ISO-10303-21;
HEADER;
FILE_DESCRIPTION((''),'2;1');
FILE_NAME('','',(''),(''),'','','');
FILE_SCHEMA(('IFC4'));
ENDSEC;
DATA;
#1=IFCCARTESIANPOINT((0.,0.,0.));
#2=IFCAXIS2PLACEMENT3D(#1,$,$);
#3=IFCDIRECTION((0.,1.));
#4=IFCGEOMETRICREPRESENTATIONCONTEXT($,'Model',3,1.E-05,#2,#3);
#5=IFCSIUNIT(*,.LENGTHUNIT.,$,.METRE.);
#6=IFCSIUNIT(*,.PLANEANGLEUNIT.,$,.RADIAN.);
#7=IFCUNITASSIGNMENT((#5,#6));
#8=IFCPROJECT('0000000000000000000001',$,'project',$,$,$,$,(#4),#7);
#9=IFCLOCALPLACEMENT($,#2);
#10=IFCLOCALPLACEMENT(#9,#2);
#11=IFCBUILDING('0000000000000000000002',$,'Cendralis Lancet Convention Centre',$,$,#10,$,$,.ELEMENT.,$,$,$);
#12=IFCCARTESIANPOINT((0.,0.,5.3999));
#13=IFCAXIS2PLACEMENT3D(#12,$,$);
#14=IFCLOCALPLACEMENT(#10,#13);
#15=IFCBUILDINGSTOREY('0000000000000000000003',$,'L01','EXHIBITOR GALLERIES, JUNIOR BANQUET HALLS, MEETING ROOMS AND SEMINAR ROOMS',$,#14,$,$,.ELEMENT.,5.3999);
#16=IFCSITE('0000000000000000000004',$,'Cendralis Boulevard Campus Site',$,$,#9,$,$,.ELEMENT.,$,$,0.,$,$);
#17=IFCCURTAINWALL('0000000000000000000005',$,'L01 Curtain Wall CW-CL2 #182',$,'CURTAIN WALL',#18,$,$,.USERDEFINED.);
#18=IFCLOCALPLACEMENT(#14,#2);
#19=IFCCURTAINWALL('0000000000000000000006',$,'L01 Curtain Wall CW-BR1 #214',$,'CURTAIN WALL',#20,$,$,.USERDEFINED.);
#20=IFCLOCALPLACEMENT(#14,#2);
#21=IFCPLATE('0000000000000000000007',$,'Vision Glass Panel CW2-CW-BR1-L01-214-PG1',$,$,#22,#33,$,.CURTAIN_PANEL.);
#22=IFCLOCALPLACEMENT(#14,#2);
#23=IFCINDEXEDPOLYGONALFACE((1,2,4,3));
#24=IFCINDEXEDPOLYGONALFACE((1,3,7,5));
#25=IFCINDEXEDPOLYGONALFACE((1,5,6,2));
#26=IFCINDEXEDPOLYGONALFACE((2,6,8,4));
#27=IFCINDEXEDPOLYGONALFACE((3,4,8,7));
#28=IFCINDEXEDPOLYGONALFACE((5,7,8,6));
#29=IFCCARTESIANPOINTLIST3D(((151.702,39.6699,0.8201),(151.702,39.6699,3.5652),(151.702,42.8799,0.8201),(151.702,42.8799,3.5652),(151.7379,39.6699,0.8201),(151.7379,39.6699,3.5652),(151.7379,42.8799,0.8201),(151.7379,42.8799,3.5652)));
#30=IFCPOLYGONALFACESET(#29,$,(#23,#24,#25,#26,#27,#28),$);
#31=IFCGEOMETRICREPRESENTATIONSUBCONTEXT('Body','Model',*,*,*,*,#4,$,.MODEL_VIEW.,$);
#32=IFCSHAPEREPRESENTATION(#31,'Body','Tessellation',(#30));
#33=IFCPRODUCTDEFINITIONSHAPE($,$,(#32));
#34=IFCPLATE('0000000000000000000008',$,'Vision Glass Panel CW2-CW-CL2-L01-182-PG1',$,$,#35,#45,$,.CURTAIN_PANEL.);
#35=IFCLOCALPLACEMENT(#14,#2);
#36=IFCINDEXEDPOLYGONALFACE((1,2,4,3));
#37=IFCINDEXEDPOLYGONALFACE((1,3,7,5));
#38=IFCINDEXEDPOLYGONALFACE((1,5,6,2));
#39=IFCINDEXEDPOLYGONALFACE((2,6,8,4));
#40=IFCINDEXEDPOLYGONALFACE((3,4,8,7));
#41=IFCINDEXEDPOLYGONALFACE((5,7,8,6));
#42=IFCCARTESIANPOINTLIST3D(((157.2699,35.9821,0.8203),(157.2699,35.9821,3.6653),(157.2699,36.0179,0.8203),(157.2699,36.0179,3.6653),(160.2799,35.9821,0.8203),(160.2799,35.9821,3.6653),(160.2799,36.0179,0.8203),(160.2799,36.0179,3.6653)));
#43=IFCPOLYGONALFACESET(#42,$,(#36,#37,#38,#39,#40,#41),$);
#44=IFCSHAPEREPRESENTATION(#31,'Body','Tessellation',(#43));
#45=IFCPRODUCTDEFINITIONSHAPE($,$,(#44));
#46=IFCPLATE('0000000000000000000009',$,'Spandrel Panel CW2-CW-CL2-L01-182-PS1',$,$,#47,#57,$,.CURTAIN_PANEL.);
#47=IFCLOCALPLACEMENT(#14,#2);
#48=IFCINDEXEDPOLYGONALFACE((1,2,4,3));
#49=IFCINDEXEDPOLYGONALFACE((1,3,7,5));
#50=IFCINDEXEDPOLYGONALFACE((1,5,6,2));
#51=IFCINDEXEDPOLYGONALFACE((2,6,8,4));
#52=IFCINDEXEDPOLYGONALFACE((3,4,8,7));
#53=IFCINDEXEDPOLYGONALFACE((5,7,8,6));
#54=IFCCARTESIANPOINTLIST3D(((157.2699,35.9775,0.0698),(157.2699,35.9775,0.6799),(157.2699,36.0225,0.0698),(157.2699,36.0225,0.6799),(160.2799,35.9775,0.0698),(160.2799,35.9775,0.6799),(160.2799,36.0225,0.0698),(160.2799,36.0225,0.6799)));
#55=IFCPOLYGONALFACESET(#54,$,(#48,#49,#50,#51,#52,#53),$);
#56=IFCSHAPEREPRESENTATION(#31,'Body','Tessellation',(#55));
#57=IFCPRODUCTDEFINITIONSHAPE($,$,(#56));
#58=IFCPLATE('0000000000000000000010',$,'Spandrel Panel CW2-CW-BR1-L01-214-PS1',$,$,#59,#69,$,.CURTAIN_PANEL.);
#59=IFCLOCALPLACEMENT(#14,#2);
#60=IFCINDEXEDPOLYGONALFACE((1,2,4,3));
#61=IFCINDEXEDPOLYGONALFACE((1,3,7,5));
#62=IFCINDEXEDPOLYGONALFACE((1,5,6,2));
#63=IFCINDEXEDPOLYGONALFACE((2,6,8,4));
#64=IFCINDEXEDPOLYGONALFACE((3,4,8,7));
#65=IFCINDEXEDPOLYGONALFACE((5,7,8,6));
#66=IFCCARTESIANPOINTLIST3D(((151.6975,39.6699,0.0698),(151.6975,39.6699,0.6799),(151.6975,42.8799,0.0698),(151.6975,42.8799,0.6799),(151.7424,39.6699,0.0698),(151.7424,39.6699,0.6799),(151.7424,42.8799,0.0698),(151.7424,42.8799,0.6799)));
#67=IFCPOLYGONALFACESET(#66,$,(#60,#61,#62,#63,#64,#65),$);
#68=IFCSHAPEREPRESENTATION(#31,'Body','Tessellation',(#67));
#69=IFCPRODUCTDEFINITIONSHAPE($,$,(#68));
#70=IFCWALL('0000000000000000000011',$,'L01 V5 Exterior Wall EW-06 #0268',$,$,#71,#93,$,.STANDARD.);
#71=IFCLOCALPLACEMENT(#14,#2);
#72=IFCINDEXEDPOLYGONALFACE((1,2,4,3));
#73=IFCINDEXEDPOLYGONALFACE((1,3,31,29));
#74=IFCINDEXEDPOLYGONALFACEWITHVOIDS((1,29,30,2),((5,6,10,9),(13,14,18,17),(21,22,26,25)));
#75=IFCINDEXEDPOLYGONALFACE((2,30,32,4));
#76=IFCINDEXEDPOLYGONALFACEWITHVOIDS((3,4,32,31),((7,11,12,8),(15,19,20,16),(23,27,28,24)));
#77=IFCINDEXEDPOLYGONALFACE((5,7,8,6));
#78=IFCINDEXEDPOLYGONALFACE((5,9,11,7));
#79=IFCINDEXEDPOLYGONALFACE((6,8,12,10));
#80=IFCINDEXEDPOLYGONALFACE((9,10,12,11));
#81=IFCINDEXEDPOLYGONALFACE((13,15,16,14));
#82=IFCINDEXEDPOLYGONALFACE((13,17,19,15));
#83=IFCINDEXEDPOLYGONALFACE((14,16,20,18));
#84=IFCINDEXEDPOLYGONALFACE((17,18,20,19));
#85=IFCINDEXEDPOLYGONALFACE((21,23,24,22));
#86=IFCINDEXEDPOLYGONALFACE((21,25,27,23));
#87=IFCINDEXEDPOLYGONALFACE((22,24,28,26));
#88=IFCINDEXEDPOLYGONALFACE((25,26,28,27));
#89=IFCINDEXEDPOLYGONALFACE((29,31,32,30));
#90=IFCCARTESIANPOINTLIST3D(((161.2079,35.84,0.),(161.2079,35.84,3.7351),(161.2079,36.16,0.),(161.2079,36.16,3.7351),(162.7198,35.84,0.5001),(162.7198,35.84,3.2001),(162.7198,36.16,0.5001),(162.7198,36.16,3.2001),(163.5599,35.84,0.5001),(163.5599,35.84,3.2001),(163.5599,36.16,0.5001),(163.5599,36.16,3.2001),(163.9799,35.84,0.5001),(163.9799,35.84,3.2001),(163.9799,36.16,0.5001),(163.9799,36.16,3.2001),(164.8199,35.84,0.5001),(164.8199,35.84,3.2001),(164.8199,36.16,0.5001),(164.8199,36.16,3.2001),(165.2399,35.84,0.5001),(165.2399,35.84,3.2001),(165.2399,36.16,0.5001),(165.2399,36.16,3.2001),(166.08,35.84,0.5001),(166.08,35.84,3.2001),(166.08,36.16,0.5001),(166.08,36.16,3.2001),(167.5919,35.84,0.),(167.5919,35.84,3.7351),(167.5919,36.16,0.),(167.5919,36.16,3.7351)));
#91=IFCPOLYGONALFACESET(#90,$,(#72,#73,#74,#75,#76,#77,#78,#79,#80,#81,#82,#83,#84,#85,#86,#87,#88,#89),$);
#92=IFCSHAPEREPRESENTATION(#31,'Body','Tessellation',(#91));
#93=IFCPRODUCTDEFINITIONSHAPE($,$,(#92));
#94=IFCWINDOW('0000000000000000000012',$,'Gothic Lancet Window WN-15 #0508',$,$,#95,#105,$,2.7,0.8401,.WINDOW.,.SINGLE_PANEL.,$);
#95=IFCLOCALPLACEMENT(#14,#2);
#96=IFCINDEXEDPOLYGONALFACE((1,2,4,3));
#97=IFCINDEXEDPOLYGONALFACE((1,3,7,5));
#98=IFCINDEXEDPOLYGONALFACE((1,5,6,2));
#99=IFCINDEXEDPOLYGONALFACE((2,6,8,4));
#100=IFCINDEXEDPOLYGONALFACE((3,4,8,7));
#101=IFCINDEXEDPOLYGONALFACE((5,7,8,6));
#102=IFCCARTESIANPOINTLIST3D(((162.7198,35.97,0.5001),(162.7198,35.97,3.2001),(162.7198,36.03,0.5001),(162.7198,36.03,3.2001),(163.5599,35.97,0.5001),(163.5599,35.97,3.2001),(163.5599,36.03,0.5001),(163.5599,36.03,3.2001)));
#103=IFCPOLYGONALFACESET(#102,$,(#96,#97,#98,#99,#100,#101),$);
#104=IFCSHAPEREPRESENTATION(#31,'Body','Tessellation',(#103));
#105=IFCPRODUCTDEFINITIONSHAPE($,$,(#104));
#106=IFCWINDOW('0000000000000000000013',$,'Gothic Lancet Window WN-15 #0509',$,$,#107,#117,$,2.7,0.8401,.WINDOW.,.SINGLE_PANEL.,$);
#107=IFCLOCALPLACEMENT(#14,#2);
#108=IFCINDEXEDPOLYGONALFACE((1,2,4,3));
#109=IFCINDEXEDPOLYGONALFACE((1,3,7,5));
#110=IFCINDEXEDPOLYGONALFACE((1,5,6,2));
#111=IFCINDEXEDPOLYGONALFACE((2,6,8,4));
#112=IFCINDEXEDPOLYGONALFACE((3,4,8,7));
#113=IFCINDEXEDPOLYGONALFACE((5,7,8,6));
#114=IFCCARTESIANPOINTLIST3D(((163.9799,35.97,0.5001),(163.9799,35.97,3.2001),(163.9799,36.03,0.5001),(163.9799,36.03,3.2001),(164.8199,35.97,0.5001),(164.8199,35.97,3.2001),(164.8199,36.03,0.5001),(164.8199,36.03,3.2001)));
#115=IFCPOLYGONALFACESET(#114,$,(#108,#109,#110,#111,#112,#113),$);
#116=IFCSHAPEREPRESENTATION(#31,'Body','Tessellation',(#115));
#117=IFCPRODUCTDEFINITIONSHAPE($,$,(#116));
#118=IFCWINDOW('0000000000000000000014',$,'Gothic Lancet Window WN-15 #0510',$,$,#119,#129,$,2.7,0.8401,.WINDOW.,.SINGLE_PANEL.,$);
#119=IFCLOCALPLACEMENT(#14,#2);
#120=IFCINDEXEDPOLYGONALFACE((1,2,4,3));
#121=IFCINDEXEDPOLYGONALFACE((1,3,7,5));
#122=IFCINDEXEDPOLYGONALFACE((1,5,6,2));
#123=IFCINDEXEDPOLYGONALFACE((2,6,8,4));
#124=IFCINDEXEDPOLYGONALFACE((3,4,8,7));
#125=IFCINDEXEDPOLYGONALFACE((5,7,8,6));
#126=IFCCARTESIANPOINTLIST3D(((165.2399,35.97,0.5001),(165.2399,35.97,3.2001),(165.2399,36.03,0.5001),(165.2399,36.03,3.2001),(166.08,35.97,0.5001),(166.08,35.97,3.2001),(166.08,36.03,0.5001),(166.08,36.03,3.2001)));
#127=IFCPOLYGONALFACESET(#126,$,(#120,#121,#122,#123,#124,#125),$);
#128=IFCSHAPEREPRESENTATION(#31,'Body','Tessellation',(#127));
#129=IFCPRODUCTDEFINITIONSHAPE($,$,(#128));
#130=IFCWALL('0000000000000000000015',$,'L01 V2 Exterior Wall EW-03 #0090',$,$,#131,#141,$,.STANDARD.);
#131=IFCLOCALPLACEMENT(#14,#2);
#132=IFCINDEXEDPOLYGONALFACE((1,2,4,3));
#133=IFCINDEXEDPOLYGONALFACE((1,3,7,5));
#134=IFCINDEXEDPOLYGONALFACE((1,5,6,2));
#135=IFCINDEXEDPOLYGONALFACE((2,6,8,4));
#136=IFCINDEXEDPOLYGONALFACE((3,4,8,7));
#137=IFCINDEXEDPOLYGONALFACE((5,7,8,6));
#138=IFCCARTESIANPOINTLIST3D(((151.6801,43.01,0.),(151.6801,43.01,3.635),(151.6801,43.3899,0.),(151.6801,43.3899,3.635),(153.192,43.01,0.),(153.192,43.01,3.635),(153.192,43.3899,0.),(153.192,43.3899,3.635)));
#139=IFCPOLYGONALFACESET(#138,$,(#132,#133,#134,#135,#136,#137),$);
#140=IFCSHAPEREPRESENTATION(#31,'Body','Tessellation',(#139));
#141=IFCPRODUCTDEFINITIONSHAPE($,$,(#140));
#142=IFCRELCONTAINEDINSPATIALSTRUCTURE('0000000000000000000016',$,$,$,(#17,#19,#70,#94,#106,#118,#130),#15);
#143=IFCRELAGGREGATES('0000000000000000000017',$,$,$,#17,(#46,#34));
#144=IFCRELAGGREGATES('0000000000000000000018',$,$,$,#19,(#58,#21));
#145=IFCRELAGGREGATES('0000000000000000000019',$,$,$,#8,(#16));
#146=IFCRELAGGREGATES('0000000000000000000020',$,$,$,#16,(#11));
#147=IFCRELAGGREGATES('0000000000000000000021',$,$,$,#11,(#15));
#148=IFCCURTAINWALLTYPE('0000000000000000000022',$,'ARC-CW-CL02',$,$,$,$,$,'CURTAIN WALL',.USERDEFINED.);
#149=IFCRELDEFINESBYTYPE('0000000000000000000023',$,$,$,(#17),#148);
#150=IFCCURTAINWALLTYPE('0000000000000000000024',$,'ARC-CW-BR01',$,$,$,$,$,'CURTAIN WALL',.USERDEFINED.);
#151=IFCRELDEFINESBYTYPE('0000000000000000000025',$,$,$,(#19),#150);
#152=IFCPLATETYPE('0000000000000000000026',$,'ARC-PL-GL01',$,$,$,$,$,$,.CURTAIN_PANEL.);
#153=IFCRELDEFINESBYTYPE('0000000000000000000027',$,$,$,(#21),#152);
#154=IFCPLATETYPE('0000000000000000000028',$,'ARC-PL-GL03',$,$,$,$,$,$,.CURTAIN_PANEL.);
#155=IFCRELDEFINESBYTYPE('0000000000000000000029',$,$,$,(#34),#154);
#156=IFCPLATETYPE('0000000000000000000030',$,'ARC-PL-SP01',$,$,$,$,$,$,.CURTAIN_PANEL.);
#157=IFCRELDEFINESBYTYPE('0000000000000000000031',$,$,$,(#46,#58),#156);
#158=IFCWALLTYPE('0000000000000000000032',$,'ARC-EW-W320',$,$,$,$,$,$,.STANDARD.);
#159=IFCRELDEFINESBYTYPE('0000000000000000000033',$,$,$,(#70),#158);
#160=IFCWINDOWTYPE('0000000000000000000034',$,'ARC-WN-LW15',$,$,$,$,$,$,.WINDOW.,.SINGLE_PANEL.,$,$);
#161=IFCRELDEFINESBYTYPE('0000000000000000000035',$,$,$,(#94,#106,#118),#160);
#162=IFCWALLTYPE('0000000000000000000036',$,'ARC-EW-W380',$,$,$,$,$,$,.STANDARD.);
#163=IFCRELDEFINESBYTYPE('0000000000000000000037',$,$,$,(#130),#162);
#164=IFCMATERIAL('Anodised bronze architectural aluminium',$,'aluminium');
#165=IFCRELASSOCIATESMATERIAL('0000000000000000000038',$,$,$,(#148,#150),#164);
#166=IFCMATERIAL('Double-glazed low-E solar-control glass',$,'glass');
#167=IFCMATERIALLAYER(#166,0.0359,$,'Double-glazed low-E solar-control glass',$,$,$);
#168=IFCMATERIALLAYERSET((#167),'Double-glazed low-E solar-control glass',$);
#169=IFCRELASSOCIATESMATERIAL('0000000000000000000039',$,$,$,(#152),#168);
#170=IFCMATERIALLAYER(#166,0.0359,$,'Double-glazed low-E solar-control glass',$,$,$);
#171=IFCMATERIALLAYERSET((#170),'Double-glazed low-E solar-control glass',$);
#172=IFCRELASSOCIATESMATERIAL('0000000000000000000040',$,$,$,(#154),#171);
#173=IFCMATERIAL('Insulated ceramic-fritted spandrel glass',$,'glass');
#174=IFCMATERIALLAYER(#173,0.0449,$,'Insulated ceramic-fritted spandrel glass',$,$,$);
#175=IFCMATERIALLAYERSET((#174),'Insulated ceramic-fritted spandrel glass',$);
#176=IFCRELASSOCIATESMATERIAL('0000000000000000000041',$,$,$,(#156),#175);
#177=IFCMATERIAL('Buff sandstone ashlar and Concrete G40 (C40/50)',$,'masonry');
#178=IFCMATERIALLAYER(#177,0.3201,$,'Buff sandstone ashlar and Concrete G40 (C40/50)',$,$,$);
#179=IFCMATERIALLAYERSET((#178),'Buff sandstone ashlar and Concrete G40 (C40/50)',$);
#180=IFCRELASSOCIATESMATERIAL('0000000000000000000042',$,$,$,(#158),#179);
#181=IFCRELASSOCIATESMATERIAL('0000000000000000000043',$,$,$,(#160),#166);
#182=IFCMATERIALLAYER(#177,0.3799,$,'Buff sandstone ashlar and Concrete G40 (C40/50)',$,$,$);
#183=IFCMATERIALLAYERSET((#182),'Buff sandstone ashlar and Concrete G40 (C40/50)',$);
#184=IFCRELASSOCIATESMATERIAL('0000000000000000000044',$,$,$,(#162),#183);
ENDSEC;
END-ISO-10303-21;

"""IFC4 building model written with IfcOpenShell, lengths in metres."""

from ifc_helpers import new_model, si_unit, direction, frame, frame_2d, origin, origin_2d, place, context, subcontext, project, spatial, rectangle, extrude, material, layer, layer_set, type_object, element, fill, aggregate, save


model = new_model("IFC4")

# Units and contexts
model_context = context("Model", 3, precision=1e-05, world=origin(), true_north=direction((0.0, 1.0)))
body_context = subcontext(model_context, "Body", "Model", "MODEL_VIEW")
ifc_project = project(units=[si_unit("LENGTHUNIT", "METRE"), si_unit("PLANEANGLEUNIT", "RADIAN")], contexts=[model_context])

# Site, building, storey
site_placement = place(None, origin())
site = spatial("IfcSite", under=ifc_project, at=site_placement, Name="Cendralis Boulevard Campus Site", CompositionType="ELEMENT", RefElevation=0.0)
building_placement = place(site_placement, origin())
building = spatial("IfcBuilding", under=site, at=building_placement, Name="Cendralis Lancet Convention Centre", CompositionType="ELEMENT")
storey_placement = place(building_placement, frame((0.0, 0.0, 5.3999)))
storey = spatial("IfcBuildingStorey", under=building, at=storey_placement, Name="L01", Description="EXHIBITOR GALLERIES, JUNIOR BANQUET HALLS, MEETING ROOMS AND SEMINAR ROOMS", CompositionType="ELEMENT", Elevation=5.3999)

# Curtain wall
ifc_material_1 = material(Name="Anodised bronze architectural aluminium", Category="aluminium")
curtain_wall_type_1 = type_object("IfcCurtainWallType", Name="ARC-CW-CL02", ElementType="CURTAIN WALL", PredefinedType="USERDEFINED", material=ifc_material_1)
curtain_wall_1_placement = place(storey_placement, origin())
curtain_wall_1 = element("IfcCurtainWall", 1, at=curtain_wall_1_placement, inside=storey, type_object=curtain_wall_type_1, Name="L01 Curtain Wall CW-CL2 #182", ObjectType="CURTAIN WALL", PredefinedType="USERDEFINED")

# Curtain wall
curtain_wall_type_2 = type_object("IfcCurtainWallType", Name="ARC-CW-BR01", ElementType="CURTAIN WALL", PredefinedType="USERDEFINED", material=ifc_material_1)
curtain_wall_2_placement = place(storey_placement, origin())
curtain_wall_2 = element("IfcCurtainWall", 2, at=curtain_wall_2_placement, inside=storey, type_object=curtain_wall_type_2, Name="L01 Curtain Wall CW-BR1 #214", ObjectType="CURTAIN WALL", PredefinedType="USERDEFINED")

# Plates
ifc_material_2 = material(Name="Double-glazed low-E solar-control glass", Category="glass")
ifc_layer_1 = layer(ifc_material_2, 0.0359, Name="Double-glazed low-E solar-control glass")
ifc_layer_set_1 = layer_set([ifc_layer_1], Name="Double-glazed low-E solar-control glass")
plate_type_1 = type_object("IfcPlateType", Name="ARC-PL-GL01", PredefinedType="CURTAIN_PANEL", material=ifc_layer_set_1)
plate_1_placement = place(storey_placement, frame((151.72, 41.2749, 0.8201), z_axis=(0.0, 0.0, 1.0), x_axis=(0.0, 1.0, 0.0)))
plate_1 = element("IfcPlate", 3, at=plate_1_placement, type_object=plate_type_1, Name="Vision Glass Panel CW2-CW-BR1-L01-214-PG1", PredefinedType="CURTAIN_PANEL", context=body_context, shape_type="SweptSolid", body=[
    extrude(rectangle(XDim=3.21, YDim=0.0359, at=origin_2d()), origin(), (0.0, 0.0, 1.0), 2.7451),
])
ifc_layer_2 = layer(ifc_material_2, 0.0359, Name="Double-glazed low-E solar-control glass")
ifc_layer_set_2 = layer_set([ifc_layer_2], Name="Double-glazed low-E solar-control glass")
plate_type_2 = type_object("IfcPlateType", Name="ARC-PL-GL03", PredefinedType="CURTAIN_PANEL", material=ifc_layer_set_2)
plate_2_placement = place(storey_placement, frame((158.7749, 36.0, 0.8203), z_axis=(0.0, 0.0, 1.0), x_axis=(1.0, 0.0, 0.0)))
plate_2 = element("IfcPlate", 4, at=plate_2_placement, type_object=plate_type_2, Name="Vision Glass Panel CW2-CW-CL2-L01-182-PG1", PredefinedType="CURTAIN_PANEL", context=body_context, shape_type="SweptSolid", body=[
    extrude(rectangle(XDim=3.01, YDim=0.0359, at=origin_2d()), origin(), (0.0, 0.0, 1.0), 2.845),
])
ifc_material_3 = material(Name="Insulated ceramic-fritted spandrel glass", Category="glass")
ifc_layer_3 = layer(ifc_material_3, 0.0449, Name="Insulated ceramic-fritted spandrel glass")
ifc_layer_set_3 = layer_set([ifc_layer_3], Name="Insulated ceramic-fritted spandrel glass")
plate_type_3 = type_object("IfcPlateType", Name="ARC-PL-SP01", PredefinedType="CURTAIN_PANEL", material=ifc_layer_set_3)
plate_3_placement = place(storey_placement, frame((158.7749, 36.0, 0.0698), z_axis=(0.0, 0.0, 1.0), x_axis=(1.0, 0.0, 0.0)))
plate_3 = element("IfcPlate", 5, at=plate_3_placement, type_object=plate_type_3, Name="Spandrel Panel CW2-CW-CL2-L01-182-PS1", PredefinedType="CURTAIN_PANEL", context=body_context, shape_type="SweptSolid", body=[
    extrude(rectangle(XDim=3.01, YDim=0.0449, at=origin_2d()), origin(), (0.0, 0.0, 1.0), 0.6101),
])
aggregate(curtain_wall_1, [plate_3, plate_2])
plate_4_placement = place(storey_placement, frame((151.72, 41.2749, 0.0698), z_axis=(0.0, 0.0, 1.0), x_axis=(0.0, 1.0, 0.0)))
plate_4 = element("IfcPlate", 6, at=plate_4_placement, type_object=plate_type_3, Name="Spandrel Panel CW2-CW-BR1-L01-214-PS1", PredefinedType="CURTAIN_PANEL", context=body_context, shape_type="SweptSolid", body=[
    extrude(rectangle(XDim=3.21, YDim=0.0449, at=origin_2d()), origin(), (0.0, 0.0, 1.0), 0.6101),
])
aggregate(curtain_wall_2, [plate_4, plate_1])

# Wall, openings, windows
ifc_material_4 = material(Name="Buff sandstone ashlar and Concrete G40 (C40/50)", Category="masonry")
ifc_layer_4 = layer(ifc_material_4, 0.3201, Name="Buff sandstone ashlar and Concrete G40 (C40/50)")
ifc_layer_set_4 = layer_set([ifc_layer_4], Name="Buff sandstone ashlar and Concrete G40 (C40/50)")
wall_type_1 = type_object("IfcWallType", Name="ARC-EW-W320", PredefinedType="STANDARD", material=ifc_layer_set_4)
wall_1_placement = place(storey_placement, frame((161.208, 36.0, 0.0), z_axis=(0.0, 0.0, 1.0), x_axis=(1.0, 0.0, 0.0)))
wall_1 = element("IfcWall", 7, at=wall_1_placement, inside=storey, type_object=wall_type_1, Name="L01 V5 Exterior Wall EW-06 #0268", PredefinedType="STANDARD", context=body_context, shape_type="SweptSolid", body=[
    extrude(rectangle(XDim=6.384, YDim=0.3201, at=frame_2d((3.1919, 0.0))), origin(), (0.0, 0.0, 1.0), 3.7351),
])
opening_1_placement = place(wall_1_placement, frame((1.512, 0.0, 0.5)))
opening_1 = element("IfcOpeningElement", 8, at=opening_1_placement, cuts=wall_1, PredefinedType="OPENING", context=body_context, shape_type="SweptSolid", body=[
    extrude(rectangle(XDim=0.8401, YDim=2.7, at=frame_2d((0.4199, 1.3501))), frame((0.0, 0.1699, 0.0), z_axis=(0.0, -1.0, 0.0), x_axis=(1.0, 0.0, 0.0)), (0.0, 0.0, 1.0), 0.3401),
])
opening_2_placement = place(wall_1_placement, frame((2.772, 0.0, 0.5)))
opening_2 = element("IfcOpeningElement", 9, at=opening_2_placement, cuts=wall_1, PredefinedType="OPENING", context=body_context, shape_type="SweptSolid", body=[
    extrude(rectangle(XDim=0.8401, YDim=2.7, at=frame_2d((0.4199, 1.3501))), frame((0.0, 0.1699, 0.0), z_axis=(0.0, -1.0, 0.0), x_axis=(1.0, 0.0, 0.0)), (0.0, 0.0, 1.0), 0.3401),
])
opening_3_placement = place(wall_1_placement, frame((4.032, 0.0, 0.5)))
opening_3 = element("IfcOpeningElement", 10, at=opening_3_placement, cuts=wall_1, PredefinedType="OPENING", context=body_context, shape_type="SweptSolid", body=[
    extrude(rectangle(XDim=0.8401, YDim=2.7, at=frame_2d((0.4199, 1.3501))), frame((0.0, 0.1699, 0.0), z_axis=(0.0, -1.0, 0.0), x_axis=(1.0, 0.0, 0.0)), (0.0, 0.0, 1.0), 0.3401),
])
window_type_1 = type_object("IfcWindowType", Name="ARC-WN-LW15", PartitioningType="SINGLE_PANEL", PredefinedType="WINDOW", material=ifc_material_2)
window_1_placement = place(opening_1_placement, origin())
window_1 = element("IfcWindow", 11, at=window_1_placement, inside=storey, type_object=window_type_1, Name="Gothic Lancet Window WN-15 #0508", OverallHeight=2.7, OverallWidth=0.8401, PartitioningType="SINGLE_PANEL", PredefinedType="WINDOW", context=body_context, shape_type="SweptSolid", body=[
    extrude(rectangle(XDim=0.8401, YDim=2.7, at=frame_2d((0.4199, 1.3501))), frame((0.0, 0.03, 0.0), z_axis=(0.0, -1.0, 0.0), x_axis=(1.0, 0.0, 0.0)), (0.0, 0.0, 1.0), 0.0601),
])
fill(opening_1, window_1)
window_2_placement = place(opening_2_placement, origin())
window_2 = element("IfcWindow", 12, at=window_2_placement, inside=storey, type_object=window_type_1, Name="Gothic Lancet Window WN-15 #0509", OverallHeight=2.7, OverallWidth=0.8401, PartitioningType="SINGLE_PANEL", PredefinedType="WINDOW", context=body_context, shape_type="SweptSolid", body=[
    extrude(rectangle(XDim=0.8401, YDim=2.7, at=frame_2d((0.4199, 1.3501))), frame((0.0, 0.03, 0.0), z_axis=(0.0, -1.0, 0.0), x_axis=(1.0, 0.0, 0.0)), (0.0, 0.0, 1.0), 0.0601),
])
fill(opening_2, window_2)
window_3_placement = place(opening_3_placement, origin())
window_3 = element("IfcWindow", 13, at=window_3_placement, inside=storey, type_object=window_type_1, Name="Gothic Lancet Window WN-15 #0510", OverallHeight=2.7, OverallWidth=0.8401, PartitioningType="SINGLE_PANEL", PredefinedType="WINDOW", context=body_context, shape_type="SweptSolid", body=[
    extrude(rectangle(XDim=0.8401, YDim=2.7, at=frame_2d((0.4199, 1.3501))), frame((0.0, 0.03, 0.0), z_axis=(0.0, -1.0, 0.0), x_axis=(1.0, 0.0, 0.0)), (0.0, 0.0, 1.0), 0.0601),
])
fill(opening_3, window_3)

# Wall
ifc_layer_5 = layer(ifc_material_4, 0.3799, Name="Buff sandstone ashlar and Concrete G40 (C40/50)")
ifc_layer_set_5 = layer_set([ifc_layer_5], Name="Buff sandstone ashlar and Concrete G40 (C40/50)")
wall_type_2 = type_object("IfcWallType", Name="ARC-EW-W380", PredefinedType="STANDARD", material=ifc_layer_set_5)
wall_2_placement = place(storey_placement, frame((153.1919, 43.2, 0.0), z_axis=(0.0, 0.0, 1.0), x_axis=(-1.0, 0.0, 0.0)))
element("IfcWall", 14, at=wall_2_placement, inside=storey, type_object=wall_type_2, Name="L01 V2 Exterior Wall EW-03 #0090", PredefinedType="STANDARD", context=body_context, shape_type="SweptSolid", body=[
    extrude(rectangle(XDim=1.512, YDim=0.3799, at=frame_2d((0.7559, 0.0))), origin(), (0.0, 0.0, 1.0), 3.635),
])

save(model, "model.ifc")
